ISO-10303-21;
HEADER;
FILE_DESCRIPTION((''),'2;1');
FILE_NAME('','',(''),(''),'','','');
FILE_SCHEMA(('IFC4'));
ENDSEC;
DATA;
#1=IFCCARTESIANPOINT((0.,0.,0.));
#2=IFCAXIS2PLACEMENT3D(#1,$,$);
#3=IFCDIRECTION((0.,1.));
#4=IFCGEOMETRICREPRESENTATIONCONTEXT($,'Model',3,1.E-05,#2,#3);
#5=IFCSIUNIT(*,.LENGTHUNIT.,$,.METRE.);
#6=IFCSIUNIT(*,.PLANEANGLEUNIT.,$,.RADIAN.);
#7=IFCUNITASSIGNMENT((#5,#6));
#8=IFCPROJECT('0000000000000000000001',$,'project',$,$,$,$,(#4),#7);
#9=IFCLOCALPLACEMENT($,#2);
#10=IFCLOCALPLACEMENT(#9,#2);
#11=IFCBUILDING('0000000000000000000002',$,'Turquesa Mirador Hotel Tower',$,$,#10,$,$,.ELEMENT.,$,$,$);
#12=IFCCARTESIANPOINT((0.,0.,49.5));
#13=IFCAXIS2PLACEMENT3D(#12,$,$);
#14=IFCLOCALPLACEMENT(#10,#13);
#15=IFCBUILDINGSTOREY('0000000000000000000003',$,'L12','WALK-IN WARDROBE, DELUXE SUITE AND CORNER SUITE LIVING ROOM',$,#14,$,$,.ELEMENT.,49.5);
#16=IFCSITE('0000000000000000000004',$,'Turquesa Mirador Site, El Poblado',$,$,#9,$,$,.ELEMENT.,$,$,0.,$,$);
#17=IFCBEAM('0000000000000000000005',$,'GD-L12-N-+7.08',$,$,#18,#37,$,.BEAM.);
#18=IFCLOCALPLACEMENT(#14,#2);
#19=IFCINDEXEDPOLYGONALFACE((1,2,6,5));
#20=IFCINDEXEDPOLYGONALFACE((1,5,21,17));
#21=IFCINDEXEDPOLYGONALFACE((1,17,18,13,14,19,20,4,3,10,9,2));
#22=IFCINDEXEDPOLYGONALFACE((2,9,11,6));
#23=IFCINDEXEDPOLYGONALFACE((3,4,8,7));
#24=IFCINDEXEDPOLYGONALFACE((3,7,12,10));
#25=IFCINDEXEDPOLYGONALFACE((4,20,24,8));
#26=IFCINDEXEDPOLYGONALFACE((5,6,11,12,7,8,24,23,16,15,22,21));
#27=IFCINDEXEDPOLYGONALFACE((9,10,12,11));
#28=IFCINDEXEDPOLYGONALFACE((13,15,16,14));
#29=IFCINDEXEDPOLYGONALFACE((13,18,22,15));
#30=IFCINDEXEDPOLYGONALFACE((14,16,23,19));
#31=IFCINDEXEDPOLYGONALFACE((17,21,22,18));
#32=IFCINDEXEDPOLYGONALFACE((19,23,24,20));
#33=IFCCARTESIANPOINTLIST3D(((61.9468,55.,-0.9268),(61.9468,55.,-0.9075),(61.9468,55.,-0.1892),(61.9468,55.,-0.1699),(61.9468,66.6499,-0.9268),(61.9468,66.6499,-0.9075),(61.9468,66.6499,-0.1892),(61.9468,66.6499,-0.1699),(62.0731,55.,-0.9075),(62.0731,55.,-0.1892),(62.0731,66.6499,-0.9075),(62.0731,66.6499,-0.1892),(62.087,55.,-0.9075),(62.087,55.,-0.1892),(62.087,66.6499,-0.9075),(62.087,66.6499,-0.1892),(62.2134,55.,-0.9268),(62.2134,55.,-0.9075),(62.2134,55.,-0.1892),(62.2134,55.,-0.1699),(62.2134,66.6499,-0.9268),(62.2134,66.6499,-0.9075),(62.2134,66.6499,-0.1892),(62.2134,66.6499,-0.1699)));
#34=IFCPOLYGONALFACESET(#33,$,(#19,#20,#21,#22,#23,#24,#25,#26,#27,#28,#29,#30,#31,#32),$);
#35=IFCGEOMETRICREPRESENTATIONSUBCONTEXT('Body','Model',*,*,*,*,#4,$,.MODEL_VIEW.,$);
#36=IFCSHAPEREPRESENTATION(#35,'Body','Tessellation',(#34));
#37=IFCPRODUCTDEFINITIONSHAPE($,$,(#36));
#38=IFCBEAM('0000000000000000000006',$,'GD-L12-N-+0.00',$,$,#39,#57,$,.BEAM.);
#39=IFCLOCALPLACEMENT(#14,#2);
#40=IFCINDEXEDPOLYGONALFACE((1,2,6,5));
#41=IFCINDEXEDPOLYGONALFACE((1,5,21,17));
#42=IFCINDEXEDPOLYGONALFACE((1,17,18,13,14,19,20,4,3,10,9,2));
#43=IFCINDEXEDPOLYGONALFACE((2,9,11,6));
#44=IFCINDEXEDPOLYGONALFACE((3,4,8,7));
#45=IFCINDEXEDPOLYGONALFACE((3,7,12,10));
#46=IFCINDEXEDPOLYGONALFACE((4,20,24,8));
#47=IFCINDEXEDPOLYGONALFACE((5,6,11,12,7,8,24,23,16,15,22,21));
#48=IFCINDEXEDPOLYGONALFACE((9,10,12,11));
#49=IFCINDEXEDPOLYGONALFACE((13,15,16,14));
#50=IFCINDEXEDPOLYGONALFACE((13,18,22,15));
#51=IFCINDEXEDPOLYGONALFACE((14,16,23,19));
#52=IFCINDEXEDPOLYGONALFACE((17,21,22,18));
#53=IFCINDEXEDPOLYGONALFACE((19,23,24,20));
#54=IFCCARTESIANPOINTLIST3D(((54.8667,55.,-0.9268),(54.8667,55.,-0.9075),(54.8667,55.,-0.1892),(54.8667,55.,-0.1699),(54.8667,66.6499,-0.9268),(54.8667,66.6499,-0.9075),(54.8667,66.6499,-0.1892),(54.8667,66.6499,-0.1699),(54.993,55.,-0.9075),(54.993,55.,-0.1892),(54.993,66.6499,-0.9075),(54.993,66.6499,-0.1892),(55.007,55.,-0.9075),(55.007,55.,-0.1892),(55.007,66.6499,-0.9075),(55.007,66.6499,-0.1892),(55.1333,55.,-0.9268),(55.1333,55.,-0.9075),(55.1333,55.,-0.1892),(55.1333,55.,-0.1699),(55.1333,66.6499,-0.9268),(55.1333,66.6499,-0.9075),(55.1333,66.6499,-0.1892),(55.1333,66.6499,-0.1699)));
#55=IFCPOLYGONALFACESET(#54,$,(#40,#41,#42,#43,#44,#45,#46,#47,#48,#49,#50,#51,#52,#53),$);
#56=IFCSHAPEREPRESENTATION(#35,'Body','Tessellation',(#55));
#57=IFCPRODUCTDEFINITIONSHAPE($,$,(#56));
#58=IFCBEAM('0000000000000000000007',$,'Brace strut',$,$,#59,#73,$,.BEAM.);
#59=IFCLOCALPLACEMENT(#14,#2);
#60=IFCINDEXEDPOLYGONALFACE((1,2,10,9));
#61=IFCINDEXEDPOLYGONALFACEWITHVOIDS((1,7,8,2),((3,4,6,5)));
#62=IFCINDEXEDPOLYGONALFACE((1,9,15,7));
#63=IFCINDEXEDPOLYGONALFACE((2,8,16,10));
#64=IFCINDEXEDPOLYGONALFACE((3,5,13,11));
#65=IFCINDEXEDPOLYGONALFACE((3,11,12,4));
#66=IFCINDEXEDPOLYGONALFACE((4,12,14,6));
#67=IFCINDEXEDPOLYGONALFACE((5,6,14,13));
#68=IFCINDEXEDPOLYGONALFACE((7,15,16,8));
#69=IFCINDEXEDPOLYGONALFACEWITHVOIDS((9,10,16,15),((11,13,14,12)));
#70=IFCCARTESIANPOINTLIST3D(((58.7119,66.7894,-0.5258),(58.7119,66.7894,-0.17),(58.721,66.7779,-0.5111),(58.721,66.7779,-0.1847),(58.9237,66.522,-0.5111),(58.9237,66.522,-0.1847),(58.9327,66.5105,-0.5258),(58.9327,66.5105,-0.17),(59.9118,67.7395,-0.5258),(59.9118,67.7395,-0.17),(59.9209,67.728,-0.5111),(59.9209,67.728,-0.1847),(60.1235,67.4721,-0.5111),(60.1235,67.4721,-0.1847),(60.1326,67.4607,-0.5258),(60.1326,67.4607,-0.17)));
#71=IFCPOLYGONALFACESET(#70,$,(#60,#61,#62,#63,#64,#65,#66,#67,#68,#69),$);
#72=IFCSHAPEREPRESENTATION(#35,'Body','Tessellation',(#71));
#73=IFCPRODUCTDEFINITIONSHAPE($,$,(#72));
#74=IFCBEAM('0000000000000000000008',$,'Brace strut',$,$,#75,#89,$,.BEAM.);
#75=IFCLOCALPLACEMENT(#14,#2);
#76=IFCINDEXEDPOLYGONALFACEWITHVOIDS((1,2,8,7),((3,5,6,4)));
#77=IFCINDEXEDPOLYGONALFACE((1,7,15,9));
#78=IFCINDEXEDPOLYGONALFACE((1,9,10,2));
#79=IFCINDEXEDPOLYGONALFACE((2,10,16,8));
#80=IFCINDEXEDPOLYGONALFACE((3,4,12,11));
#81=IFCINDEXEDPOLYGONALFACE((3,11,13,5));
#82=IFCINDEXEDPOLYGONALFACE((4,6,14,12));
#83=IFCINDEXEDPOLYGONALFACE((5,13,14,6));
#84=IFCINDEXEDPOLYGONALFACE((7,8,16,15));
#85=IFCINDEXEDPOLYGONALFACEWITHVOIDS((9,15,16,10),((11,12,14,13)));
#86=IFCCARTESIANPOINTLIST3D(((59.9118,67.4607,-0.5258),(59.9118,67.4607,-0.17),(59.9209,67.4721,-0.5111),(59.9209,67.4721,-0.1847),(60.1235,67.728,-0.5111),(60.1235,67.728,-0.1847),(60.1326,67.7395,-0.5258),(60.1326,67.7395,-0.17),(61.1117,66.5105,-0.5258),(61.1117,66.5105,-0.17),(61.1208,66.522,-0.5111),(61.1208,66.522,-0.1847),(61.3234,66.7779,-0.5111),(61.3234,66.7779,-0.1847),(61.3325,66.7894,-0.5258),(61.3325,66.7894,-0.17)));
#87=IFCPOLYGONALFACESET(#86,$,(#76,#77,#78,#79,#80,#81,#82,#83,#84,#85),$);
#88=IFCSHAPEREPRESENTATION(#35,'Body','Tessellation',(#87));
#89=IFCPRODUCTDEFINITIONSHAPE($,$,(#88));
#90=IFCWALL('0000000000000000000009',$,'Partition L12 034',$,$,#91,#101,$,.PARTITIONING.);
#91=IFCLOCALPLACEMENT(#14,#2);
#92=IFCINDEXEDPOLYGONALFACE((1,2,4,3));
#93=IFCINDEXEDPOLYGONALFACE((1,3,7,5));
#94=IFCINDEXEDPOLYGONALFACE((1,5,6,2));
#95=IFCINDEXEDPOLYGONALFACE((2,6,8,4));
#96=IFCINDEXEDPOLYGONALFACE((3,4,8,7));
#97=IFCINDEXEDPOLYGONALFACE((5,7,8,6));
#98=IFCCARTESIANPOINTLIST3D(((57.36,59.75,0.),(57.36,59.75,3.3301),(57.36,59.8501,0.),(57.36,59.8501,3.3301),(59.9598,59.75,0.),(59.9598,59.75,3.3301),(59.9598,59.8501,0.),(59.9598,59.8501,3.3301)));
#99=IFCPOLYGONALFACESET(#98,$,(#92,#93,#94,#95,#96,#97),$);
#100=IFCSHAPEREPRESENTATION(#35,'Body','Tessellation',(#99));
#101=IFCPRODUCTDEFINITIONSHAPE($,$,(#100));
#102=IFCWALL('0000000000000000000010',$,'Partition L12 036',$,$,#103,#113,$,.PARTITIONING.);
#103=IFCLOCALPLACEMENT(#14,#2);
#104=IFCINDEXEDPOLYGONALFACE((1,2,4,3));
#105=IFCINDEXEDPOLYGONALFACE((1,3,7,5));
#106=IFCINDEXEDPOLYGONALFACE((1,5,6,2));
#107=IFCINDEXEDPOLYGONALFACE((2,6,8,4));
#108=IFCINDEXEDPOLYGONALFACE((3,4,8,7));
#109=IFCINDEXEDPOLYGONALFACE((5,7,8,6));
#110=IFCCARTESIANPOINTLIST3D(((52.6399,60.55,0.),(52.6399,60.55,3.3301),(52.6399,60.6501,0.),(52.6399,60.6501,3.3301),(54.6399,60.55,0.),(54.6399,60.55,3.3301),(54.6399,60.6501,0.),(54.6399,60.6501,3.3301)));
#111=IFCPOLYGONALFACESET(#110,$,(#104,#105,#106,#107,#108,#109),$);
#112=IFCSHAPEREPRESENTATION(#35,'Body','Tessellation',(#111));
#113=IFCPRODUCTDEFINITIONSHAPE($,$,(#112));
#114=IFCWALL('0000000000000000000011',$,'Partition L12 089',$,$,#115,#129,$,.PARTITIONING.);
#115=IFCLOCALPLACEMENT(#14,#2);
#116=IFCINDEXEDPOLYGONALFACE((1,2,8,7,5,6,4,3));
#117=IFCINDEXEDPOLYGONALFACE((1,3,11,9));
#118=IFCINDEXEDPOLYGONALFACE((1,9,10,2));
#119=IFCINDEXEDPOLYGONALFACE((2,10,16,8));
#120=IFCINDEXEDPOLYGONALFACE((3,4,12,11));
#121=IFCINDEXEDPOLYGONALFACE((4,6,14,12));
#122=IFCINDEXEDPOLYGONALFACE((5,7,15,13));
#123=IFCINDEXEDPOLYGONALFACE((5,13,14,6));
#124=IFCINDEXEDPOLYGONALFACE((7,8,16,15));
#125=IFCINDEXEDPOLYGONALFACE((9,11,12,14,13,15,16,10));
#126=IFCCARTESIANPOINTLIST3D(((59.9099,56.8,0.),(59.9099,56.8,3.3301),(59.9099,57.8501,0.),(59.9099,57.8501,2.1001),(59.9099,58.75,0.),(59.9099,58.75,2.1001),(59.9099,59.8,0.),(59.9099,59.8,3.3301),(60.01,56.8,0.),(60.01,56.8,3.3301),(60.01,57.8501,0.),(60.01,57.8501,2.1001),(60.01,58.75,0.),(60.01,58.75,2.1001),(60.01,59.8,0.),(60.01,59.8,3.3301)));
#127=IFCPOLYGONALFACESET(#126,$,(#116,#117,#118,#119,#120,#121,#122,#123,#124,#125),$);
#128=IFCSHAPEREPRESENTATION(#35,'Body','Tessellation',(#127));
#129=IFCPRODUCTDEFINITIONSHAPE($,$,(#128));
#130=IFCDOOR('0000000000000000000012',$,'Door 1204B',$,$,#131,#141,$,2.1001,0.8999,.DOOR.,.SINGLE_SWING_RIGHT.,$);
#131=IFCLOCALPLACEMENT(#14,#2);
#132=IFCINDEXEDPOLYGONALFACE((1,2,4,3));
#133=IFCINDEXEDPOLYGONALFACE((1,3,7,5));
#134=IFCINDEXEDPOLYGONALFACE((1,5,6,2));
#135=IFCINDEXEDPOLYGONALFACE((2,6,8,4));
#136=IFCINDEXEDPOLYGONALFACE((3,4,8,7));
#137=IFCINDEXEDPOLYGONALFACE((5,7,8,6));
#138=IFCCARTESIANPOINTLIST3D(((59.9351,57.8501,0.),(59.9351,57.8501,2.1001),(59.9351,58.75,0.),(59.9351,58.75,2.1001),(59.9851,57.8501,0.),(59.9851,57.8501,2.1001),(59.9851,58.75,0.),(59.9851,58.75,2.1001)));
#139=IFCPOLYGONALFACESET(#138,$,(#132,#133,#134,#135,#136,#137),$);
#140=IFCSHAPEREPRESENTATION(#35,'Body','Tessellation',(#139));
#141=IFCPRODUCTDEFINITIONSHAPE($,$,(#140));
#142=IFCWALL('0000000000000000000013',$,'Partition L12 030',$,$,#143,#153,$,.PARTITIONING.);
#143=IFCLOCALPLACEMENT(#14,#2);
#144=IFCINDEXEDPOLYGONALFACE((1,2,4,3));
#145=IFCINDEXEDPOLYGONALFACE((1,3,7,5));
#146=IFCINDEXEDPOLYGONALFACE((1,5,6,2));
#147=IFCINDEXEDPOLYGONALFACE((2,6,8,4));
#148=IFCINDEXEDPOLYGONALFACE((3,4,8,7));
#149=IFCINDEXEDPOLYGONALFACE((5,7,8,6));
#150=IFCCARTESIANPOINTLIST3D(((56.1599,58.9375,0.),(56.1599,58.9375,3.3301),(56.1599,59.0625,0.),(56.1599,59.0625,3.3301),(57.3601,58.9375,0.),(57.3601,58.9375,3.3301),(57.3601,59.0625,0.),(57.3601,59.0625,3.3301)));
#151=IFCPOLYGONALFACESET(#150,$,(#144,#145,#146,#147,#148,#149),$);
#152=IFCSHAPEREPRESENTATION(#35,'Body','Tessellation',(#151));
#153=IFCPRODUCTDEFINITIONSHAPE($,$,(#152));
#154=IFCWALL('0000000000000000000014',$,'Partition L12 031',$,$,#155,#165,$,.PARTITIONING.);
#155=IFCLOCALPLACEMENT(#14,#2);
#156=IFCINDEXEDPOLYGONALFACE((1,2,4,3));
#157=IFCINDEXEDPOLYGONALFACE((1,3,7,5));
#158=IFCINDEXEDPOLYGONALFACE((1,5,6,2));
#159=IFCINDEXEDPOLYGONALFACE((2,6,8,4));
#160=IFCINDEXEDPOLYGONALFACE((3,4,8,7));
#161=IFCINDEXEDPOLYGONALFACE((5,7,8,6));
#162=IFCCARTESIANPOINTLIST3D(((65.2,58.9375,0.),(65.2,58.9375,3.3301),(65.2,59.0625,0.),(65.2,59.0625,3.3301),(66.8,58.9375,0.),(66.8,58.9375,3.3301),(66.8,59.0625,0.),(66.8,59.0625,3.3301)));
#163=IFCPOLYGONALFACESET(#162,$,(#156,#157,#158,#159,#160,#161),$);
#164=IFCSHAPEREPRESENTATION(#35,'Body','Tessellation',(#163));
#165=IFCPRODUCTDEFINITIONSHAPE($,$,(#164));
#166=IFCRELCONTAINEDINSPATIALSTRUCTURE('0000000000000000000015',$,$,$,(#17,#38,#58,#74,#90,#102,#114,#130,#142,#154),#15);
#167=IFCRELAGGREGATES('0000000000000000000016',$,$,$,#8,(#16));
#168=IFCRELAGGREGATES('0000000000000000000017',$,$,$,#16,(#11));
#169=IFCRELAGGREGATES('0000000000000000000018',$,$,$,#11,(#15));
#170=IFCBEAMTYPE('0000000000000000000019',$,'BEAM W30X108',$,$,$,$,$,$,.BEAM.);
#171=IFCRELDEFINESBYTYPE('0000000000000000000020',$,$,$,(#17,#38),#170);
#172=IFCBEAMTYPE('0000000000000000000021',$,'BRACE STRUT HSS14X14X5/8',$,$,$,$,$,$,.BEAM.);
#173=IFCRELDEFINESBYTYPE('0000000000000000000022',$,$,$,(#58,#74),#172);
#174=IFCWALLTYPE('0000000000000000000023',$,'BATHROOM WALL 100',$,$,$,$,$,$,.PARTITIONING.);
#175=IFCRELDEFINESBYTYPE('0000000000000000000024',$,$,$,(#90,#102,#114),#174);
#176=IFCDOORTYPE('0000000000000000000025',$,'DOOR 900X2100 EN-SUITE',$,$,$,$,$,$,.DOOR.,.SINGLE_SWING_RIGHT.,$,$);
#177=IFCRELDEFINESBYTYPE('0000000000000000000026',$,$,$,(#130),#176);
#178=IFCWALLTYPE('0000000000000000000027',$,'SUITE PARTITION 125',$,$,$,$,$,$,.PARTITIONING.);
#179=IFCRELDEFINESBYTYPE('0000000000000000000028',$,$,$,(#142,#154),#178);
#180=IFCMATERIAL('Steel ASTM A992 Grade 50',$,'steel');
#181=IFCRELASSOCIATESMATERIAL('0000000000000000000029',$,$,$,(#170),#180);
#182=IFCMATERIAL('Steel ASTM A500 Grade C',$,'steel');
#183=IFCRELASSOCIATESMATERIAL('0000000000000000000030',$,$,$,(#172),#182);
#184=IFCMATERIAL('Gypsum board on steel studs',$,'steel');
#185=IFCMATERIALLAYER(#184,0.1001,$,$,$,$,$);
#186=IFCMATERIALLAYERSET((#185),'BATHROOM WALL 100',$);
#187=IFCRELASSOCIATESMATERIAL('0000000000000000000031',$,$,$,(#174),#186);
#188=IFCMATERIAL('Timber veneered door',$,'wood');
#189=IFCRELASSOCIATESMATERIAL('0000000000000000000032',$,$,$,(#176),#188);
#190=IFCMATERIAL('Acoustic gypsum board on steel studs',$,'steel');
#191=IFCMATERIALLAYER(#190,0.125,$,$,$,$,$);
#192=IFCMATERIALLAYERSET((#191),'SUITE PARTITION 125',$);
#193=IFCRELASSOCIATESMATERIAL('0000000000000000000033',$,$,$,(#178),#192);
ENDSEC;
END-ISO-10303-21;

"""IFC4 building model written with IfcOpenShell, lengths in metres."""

from ifc_helpers import new_model, si_unit, direction, frame, frame_2d, origin, origin_2d, place, context, subcontext, project, spatial, rectangle, hollow_rectangle, i_section, extrude, material, layer, layer_set, material_profile, profile_set, type_object, element, fill, save


model = new_model("IFC4")

# Units and contexts
model_context = context("Model", 3, precision=1e-05, world=origin(), true_north=direction((0.0, 1.0)))
body_context = subcontext(model_context, "Body", "Model", "MODEL_VIEW")
ifc_project = project(units=[si_unit("LENGTHUNIT", "METRE"), si_unit("PLANEANGLEUNIT", "RADIAN")], contexts=[model_context])

# Site, building, storey
site_placement = place(None, origin())
site = spatial("IfcSite", under=ifc_project, at=site_placement, Name="Turquesa Mirador Site, El Poblado", CompositionType="ELEMENT", RefElevation=0.0)
building_placement = place(site_placement, origin())
building = spatial("IfcBuilding", under=site, at=building_placement, Name="Turquesa Mirador Hotel Tower", CompositionType="ELEMENT")
storey_placement = place(building_placement, frame((0.0, 0.0, 49.5)))
storey = spatial("IfcBuildingStorey", under=building, at=storey_placement, Name="L12", Description="WALK-IN WARDROBE, DELUXE SUITE AND CORNER SUITE LIVING ROOM", CompositionType="ELEMENT", Elevation=49.5)

# Beams
ifc_material_1 = material(Name="Steel ASTM A992 Grade 50", Category="steel")
ifc_material_profile_1 = material_profile(ifc_material_1, i_section(OverallWidth=0.2666, OverallDepth=0.7568, WebThickness=0.0139, FlangeThickness=0.0193, at=origin_2d()), Name="W30X108")
ifc_profile_set_1 = profile_set([ifc_material_profile_1], Name="Steel ASTM A992 Grade 50")
beam_type_1 = type_object("IfcBeamType", Name="BEAM W30X108", PredefinedType="BEAM", material=ifc_profile_set_1)
for number, where, z_axis, x_axis, name in (
    (1, (62.0801, 66.6499, -0.5483), (0.0, -1.0, 0.0), (1.0, 0.0, 0.0), "GD-L12-N-+7.08"),
    (2, (55.0, 66.6499, -0.5483), (0.0, -1.0, 0.0), (1.0, 0.0, 0.0), "GD-L12-N-+0.00"),
):
    element("IfcBeam", number, at=place(storey_placement, frame(where, z_axis=z_axis, x_axis=x_axis)), inside=storey, type_object=beam_type_1, Name=name, PredefinedType="BEAM", context=body_context, shape_type="SweptSolid", body=[
        extrude(i_section(OverallWidth=0.2666, OverallDepth=0.7568, WebThickness=0.0139, FlangeThickness=0.0193, at=origin_2d()), origin(), (0.0, 0.0, 1.0), 11.6499),
    ])
ifc_material_2 = material(Name="Steel ASTM A500 Grade C", Category="steel")
ifc_material_profile_2 = material_profile(ifc_material_2, hollow_rectangle(XDim=0.3557, YDim=0.3557, WallThickness=0.0146, at=origin_2d()), Name="HSS14X14X5/8")
ifc_profile_set_2 = profile_set([ifc_material_profile_2], Name="Steel ASTM A500 Grade C")
beam_type_2 = type_object("IfcBeamType", Name="BRACE STRUT HSS14X14X5/8", PredefinedType="BEAM", material=ifc_profile_set_2)
for number, where, z_axis, x_axis, name in (
    (3, (60.0222, 67.6001, -0.3479), (-0.783971, -0.620797, 0.0), (0.620797, -0.783971, 0.0), "Brace strut"),
    (4, (60.0222, 67.6001, -0.3479), (0.783971, -0.620797, 0.0), (0.620797, 0.783971, 0.0), "Brace strut"),
):
    element("IfcBeam", number, at=place(storey_placement, frame(where, z_axis=z_axis, x_axis=x_axis)), inside=storey, type_object=beam_type_2, Name=name, PredefinedType="BEAM", context=body_context, shape_type="SweptSolid", body=[
        extrude(hollow_rectangle(XDim=0.3557, YDim=0.3557, WallThickness=0.0146, at=origin_2d()), origin(), (0.0, 0.0, 1.0), 1.5305),
    ])

# Walls
ifc_material_3 = material(Name="Gypsum board on steel studs", Category="steel")
ifc_layer_1 = layer(ifc_material_3, 0.1001)
ifc_layer_set_1 = layer_set([ifc_layer_1], Name="BATHROOM WALL 100")
wall_type_1 = type_object("IfcWallType", Name="BATHROOM WALL 100", PredefinedType="PARTITIONING", material=ifc_layer_set_1)
wall_1_placement = place(storey_placement, frame((57.3601, 59.8, 0.0), z_axis=(0.0, 0.0, 1.0), x_axis=(1.0, 0.0, 0.0)))
element("IfcWall", 5, at=wall_1_placement, inside=storey, type_object=wall_type_1, Name="Partition L12 034", PredefinedType="PARTITIONING", context=body_context, shape_type="SweptSolid", body=[
    extrude(rectangle(XDim=2.5999, YDim=0.1001, at=frame_2d((1.2998, 0.0))), origin(), (0.0, 0.0, 1.0), 3.3301),
])
wall_2_placement = place(storey_placement, frame((52.6399, 60.6001, 0.0), z_axis=(0.0, 0.0, 1.0), x_axis=(1.0, 0.0, 0.0)))
element("IfcWall", 6, at=wall_2_placement, inside=storey, type_object=wall_type_1, Name="Partition L12 036", PredefinedType="PARTITIONING", context=body_context, shape_type="SweptSolid", body=[
    extrude(rectangle(XDim=2.0, YDim=0.1001, at=frame_2d((1.0, 0.0))), origin(), (0.0, 0.0, 1.0), 3.3301),
])

# Wall, opening, door
wall_3_placement = place(storey_placement, frame((59.96, 56.8, 0.0), z_axis=(0.0, 0.0, 1.0), x_axis=(0.0, 1.0, 0.0)))
wall_3 = element("IfcWall", 7, at=wall_3_placement, inside=storey, type_object=wall_type_1, Name="Partition L12 089", PredefinedType="PARTITIONING", context=body_context, shape_type="SweptSolid", body=[
    extrude(rectangle(XDim=3.0, YDim=0.1001, at=frame_2d((1.5, 0.0))), origin(), (0.0, 0.0, 1.0), 3.3301),
])
opening_1_placement = place(wall_3_placement, frame((1.05, 0.0, 0.0)))
opening_1 = element("IfcOpeningElement", 8, at=opening_1_placement, cuts=wall_3, PredefinedType="OPENING", context=body_context, shape_type="SweptSolid", body=[
    extrude(rectangle(XDim=0.8999, YDim=2.1001, at=frame_2d((0.45, 1.05))), frame((0.0, 0.0601, 0.0), z_axis=(0.0, -1.0, 0.0), x_axis=(1.0, 0.0, 0.0)), (0.0, 0.0, 1.0), 0.1201),
])
ifc_material_4 = material(Name="Timber veneered door", Category="wood")
door_type_1 = type_object("IfcDoorType", Name="DOOR 900X2100 EN-SUITE", OperationType="SINGLE_SWING_RIGHT", PredefinedType="DOOR", material=ifc_material_4)
door_1_placement = place(opening_1_placement, origin())
door_1 = element("IfcDoor", 9, at=door_1_placement, inside=storey, type_object=door_type_1, Name="Door 1204B", OperationType="SINGLE_SWING_RIGHT", OverallHeight=2.1001, OverallWidth=0.8999, PredefinedType="DOOR", context=body_context, shape_type="SweptSolid", body=[
    extrude(rectangle(XDim=0.8999, YDim=2.1001, at=frame_2d((0.45, 1.05))), frame((0.0, 0.0249, 0.0), z_axis=(0.0, -1.0, 0.0), x_axis=(1.0, 0.0, 0.0)), (0.0, 0.0, 1.0), 0.05),
])
fill(opening_1, door_1)

# Walls
ifc_material_5 = material(Name="Acoustic gypsum board on steel studs", Category="steel")
ifc_layer_2 = layer(ifc_material_5, 0.125)
ifc_layer_set_2 = layer_set([ifc_layer_2], Name="SUITE PARTITION 125")
wall_type_2 = type_object("IfcWallType", Name="SUITE PARTITION 125", PredefinedType="PARTITIONING", material=ifc_layer_set_2)
wall_4_placement = place(storey_placement, frame((56.1599, 59.0, 0.0), z_axis=(0.0, 0.0, 1.0), x_axis=(1.0, 0.0, 0.0)))
element("IfcWall", 10, at=wall_4_placement, inside=storey, type_object=wall_type_2, Name="Partition L12 030", PredefinedType="PARTITIONING", context=body_context, shape_type="SweptSolid", body=[
    extrude(rectangle(XDim=1.2002, YDim=0.125, at=frame_2d((0.6001, 0.0))), origin(), (0.0, 0.0, 1.0), 3.3301),
])
wall_5_placement = place(storey_placement, frame((65.2, 59.0, 0.0), z_axis=(0.0, 0.0, 1.0), x_axis=(1.0, 0.0, 0.0)))
element("IfcWall", 11, at=wall_5_placement, inside=storey, type_object=wall_type_2, Name="Partition L12 031", PredefinedType="PARTITIONING", context=body_context, shape_type="SweptSolid", body=[
    extrude(rectangle(XDim=1.6001, YDim=0.125, at=frame_2d((0.8, 0.0))), origin(), (0.0, 0.0, 1.0), 3.3301),
])

save(model, "model.ifc")
